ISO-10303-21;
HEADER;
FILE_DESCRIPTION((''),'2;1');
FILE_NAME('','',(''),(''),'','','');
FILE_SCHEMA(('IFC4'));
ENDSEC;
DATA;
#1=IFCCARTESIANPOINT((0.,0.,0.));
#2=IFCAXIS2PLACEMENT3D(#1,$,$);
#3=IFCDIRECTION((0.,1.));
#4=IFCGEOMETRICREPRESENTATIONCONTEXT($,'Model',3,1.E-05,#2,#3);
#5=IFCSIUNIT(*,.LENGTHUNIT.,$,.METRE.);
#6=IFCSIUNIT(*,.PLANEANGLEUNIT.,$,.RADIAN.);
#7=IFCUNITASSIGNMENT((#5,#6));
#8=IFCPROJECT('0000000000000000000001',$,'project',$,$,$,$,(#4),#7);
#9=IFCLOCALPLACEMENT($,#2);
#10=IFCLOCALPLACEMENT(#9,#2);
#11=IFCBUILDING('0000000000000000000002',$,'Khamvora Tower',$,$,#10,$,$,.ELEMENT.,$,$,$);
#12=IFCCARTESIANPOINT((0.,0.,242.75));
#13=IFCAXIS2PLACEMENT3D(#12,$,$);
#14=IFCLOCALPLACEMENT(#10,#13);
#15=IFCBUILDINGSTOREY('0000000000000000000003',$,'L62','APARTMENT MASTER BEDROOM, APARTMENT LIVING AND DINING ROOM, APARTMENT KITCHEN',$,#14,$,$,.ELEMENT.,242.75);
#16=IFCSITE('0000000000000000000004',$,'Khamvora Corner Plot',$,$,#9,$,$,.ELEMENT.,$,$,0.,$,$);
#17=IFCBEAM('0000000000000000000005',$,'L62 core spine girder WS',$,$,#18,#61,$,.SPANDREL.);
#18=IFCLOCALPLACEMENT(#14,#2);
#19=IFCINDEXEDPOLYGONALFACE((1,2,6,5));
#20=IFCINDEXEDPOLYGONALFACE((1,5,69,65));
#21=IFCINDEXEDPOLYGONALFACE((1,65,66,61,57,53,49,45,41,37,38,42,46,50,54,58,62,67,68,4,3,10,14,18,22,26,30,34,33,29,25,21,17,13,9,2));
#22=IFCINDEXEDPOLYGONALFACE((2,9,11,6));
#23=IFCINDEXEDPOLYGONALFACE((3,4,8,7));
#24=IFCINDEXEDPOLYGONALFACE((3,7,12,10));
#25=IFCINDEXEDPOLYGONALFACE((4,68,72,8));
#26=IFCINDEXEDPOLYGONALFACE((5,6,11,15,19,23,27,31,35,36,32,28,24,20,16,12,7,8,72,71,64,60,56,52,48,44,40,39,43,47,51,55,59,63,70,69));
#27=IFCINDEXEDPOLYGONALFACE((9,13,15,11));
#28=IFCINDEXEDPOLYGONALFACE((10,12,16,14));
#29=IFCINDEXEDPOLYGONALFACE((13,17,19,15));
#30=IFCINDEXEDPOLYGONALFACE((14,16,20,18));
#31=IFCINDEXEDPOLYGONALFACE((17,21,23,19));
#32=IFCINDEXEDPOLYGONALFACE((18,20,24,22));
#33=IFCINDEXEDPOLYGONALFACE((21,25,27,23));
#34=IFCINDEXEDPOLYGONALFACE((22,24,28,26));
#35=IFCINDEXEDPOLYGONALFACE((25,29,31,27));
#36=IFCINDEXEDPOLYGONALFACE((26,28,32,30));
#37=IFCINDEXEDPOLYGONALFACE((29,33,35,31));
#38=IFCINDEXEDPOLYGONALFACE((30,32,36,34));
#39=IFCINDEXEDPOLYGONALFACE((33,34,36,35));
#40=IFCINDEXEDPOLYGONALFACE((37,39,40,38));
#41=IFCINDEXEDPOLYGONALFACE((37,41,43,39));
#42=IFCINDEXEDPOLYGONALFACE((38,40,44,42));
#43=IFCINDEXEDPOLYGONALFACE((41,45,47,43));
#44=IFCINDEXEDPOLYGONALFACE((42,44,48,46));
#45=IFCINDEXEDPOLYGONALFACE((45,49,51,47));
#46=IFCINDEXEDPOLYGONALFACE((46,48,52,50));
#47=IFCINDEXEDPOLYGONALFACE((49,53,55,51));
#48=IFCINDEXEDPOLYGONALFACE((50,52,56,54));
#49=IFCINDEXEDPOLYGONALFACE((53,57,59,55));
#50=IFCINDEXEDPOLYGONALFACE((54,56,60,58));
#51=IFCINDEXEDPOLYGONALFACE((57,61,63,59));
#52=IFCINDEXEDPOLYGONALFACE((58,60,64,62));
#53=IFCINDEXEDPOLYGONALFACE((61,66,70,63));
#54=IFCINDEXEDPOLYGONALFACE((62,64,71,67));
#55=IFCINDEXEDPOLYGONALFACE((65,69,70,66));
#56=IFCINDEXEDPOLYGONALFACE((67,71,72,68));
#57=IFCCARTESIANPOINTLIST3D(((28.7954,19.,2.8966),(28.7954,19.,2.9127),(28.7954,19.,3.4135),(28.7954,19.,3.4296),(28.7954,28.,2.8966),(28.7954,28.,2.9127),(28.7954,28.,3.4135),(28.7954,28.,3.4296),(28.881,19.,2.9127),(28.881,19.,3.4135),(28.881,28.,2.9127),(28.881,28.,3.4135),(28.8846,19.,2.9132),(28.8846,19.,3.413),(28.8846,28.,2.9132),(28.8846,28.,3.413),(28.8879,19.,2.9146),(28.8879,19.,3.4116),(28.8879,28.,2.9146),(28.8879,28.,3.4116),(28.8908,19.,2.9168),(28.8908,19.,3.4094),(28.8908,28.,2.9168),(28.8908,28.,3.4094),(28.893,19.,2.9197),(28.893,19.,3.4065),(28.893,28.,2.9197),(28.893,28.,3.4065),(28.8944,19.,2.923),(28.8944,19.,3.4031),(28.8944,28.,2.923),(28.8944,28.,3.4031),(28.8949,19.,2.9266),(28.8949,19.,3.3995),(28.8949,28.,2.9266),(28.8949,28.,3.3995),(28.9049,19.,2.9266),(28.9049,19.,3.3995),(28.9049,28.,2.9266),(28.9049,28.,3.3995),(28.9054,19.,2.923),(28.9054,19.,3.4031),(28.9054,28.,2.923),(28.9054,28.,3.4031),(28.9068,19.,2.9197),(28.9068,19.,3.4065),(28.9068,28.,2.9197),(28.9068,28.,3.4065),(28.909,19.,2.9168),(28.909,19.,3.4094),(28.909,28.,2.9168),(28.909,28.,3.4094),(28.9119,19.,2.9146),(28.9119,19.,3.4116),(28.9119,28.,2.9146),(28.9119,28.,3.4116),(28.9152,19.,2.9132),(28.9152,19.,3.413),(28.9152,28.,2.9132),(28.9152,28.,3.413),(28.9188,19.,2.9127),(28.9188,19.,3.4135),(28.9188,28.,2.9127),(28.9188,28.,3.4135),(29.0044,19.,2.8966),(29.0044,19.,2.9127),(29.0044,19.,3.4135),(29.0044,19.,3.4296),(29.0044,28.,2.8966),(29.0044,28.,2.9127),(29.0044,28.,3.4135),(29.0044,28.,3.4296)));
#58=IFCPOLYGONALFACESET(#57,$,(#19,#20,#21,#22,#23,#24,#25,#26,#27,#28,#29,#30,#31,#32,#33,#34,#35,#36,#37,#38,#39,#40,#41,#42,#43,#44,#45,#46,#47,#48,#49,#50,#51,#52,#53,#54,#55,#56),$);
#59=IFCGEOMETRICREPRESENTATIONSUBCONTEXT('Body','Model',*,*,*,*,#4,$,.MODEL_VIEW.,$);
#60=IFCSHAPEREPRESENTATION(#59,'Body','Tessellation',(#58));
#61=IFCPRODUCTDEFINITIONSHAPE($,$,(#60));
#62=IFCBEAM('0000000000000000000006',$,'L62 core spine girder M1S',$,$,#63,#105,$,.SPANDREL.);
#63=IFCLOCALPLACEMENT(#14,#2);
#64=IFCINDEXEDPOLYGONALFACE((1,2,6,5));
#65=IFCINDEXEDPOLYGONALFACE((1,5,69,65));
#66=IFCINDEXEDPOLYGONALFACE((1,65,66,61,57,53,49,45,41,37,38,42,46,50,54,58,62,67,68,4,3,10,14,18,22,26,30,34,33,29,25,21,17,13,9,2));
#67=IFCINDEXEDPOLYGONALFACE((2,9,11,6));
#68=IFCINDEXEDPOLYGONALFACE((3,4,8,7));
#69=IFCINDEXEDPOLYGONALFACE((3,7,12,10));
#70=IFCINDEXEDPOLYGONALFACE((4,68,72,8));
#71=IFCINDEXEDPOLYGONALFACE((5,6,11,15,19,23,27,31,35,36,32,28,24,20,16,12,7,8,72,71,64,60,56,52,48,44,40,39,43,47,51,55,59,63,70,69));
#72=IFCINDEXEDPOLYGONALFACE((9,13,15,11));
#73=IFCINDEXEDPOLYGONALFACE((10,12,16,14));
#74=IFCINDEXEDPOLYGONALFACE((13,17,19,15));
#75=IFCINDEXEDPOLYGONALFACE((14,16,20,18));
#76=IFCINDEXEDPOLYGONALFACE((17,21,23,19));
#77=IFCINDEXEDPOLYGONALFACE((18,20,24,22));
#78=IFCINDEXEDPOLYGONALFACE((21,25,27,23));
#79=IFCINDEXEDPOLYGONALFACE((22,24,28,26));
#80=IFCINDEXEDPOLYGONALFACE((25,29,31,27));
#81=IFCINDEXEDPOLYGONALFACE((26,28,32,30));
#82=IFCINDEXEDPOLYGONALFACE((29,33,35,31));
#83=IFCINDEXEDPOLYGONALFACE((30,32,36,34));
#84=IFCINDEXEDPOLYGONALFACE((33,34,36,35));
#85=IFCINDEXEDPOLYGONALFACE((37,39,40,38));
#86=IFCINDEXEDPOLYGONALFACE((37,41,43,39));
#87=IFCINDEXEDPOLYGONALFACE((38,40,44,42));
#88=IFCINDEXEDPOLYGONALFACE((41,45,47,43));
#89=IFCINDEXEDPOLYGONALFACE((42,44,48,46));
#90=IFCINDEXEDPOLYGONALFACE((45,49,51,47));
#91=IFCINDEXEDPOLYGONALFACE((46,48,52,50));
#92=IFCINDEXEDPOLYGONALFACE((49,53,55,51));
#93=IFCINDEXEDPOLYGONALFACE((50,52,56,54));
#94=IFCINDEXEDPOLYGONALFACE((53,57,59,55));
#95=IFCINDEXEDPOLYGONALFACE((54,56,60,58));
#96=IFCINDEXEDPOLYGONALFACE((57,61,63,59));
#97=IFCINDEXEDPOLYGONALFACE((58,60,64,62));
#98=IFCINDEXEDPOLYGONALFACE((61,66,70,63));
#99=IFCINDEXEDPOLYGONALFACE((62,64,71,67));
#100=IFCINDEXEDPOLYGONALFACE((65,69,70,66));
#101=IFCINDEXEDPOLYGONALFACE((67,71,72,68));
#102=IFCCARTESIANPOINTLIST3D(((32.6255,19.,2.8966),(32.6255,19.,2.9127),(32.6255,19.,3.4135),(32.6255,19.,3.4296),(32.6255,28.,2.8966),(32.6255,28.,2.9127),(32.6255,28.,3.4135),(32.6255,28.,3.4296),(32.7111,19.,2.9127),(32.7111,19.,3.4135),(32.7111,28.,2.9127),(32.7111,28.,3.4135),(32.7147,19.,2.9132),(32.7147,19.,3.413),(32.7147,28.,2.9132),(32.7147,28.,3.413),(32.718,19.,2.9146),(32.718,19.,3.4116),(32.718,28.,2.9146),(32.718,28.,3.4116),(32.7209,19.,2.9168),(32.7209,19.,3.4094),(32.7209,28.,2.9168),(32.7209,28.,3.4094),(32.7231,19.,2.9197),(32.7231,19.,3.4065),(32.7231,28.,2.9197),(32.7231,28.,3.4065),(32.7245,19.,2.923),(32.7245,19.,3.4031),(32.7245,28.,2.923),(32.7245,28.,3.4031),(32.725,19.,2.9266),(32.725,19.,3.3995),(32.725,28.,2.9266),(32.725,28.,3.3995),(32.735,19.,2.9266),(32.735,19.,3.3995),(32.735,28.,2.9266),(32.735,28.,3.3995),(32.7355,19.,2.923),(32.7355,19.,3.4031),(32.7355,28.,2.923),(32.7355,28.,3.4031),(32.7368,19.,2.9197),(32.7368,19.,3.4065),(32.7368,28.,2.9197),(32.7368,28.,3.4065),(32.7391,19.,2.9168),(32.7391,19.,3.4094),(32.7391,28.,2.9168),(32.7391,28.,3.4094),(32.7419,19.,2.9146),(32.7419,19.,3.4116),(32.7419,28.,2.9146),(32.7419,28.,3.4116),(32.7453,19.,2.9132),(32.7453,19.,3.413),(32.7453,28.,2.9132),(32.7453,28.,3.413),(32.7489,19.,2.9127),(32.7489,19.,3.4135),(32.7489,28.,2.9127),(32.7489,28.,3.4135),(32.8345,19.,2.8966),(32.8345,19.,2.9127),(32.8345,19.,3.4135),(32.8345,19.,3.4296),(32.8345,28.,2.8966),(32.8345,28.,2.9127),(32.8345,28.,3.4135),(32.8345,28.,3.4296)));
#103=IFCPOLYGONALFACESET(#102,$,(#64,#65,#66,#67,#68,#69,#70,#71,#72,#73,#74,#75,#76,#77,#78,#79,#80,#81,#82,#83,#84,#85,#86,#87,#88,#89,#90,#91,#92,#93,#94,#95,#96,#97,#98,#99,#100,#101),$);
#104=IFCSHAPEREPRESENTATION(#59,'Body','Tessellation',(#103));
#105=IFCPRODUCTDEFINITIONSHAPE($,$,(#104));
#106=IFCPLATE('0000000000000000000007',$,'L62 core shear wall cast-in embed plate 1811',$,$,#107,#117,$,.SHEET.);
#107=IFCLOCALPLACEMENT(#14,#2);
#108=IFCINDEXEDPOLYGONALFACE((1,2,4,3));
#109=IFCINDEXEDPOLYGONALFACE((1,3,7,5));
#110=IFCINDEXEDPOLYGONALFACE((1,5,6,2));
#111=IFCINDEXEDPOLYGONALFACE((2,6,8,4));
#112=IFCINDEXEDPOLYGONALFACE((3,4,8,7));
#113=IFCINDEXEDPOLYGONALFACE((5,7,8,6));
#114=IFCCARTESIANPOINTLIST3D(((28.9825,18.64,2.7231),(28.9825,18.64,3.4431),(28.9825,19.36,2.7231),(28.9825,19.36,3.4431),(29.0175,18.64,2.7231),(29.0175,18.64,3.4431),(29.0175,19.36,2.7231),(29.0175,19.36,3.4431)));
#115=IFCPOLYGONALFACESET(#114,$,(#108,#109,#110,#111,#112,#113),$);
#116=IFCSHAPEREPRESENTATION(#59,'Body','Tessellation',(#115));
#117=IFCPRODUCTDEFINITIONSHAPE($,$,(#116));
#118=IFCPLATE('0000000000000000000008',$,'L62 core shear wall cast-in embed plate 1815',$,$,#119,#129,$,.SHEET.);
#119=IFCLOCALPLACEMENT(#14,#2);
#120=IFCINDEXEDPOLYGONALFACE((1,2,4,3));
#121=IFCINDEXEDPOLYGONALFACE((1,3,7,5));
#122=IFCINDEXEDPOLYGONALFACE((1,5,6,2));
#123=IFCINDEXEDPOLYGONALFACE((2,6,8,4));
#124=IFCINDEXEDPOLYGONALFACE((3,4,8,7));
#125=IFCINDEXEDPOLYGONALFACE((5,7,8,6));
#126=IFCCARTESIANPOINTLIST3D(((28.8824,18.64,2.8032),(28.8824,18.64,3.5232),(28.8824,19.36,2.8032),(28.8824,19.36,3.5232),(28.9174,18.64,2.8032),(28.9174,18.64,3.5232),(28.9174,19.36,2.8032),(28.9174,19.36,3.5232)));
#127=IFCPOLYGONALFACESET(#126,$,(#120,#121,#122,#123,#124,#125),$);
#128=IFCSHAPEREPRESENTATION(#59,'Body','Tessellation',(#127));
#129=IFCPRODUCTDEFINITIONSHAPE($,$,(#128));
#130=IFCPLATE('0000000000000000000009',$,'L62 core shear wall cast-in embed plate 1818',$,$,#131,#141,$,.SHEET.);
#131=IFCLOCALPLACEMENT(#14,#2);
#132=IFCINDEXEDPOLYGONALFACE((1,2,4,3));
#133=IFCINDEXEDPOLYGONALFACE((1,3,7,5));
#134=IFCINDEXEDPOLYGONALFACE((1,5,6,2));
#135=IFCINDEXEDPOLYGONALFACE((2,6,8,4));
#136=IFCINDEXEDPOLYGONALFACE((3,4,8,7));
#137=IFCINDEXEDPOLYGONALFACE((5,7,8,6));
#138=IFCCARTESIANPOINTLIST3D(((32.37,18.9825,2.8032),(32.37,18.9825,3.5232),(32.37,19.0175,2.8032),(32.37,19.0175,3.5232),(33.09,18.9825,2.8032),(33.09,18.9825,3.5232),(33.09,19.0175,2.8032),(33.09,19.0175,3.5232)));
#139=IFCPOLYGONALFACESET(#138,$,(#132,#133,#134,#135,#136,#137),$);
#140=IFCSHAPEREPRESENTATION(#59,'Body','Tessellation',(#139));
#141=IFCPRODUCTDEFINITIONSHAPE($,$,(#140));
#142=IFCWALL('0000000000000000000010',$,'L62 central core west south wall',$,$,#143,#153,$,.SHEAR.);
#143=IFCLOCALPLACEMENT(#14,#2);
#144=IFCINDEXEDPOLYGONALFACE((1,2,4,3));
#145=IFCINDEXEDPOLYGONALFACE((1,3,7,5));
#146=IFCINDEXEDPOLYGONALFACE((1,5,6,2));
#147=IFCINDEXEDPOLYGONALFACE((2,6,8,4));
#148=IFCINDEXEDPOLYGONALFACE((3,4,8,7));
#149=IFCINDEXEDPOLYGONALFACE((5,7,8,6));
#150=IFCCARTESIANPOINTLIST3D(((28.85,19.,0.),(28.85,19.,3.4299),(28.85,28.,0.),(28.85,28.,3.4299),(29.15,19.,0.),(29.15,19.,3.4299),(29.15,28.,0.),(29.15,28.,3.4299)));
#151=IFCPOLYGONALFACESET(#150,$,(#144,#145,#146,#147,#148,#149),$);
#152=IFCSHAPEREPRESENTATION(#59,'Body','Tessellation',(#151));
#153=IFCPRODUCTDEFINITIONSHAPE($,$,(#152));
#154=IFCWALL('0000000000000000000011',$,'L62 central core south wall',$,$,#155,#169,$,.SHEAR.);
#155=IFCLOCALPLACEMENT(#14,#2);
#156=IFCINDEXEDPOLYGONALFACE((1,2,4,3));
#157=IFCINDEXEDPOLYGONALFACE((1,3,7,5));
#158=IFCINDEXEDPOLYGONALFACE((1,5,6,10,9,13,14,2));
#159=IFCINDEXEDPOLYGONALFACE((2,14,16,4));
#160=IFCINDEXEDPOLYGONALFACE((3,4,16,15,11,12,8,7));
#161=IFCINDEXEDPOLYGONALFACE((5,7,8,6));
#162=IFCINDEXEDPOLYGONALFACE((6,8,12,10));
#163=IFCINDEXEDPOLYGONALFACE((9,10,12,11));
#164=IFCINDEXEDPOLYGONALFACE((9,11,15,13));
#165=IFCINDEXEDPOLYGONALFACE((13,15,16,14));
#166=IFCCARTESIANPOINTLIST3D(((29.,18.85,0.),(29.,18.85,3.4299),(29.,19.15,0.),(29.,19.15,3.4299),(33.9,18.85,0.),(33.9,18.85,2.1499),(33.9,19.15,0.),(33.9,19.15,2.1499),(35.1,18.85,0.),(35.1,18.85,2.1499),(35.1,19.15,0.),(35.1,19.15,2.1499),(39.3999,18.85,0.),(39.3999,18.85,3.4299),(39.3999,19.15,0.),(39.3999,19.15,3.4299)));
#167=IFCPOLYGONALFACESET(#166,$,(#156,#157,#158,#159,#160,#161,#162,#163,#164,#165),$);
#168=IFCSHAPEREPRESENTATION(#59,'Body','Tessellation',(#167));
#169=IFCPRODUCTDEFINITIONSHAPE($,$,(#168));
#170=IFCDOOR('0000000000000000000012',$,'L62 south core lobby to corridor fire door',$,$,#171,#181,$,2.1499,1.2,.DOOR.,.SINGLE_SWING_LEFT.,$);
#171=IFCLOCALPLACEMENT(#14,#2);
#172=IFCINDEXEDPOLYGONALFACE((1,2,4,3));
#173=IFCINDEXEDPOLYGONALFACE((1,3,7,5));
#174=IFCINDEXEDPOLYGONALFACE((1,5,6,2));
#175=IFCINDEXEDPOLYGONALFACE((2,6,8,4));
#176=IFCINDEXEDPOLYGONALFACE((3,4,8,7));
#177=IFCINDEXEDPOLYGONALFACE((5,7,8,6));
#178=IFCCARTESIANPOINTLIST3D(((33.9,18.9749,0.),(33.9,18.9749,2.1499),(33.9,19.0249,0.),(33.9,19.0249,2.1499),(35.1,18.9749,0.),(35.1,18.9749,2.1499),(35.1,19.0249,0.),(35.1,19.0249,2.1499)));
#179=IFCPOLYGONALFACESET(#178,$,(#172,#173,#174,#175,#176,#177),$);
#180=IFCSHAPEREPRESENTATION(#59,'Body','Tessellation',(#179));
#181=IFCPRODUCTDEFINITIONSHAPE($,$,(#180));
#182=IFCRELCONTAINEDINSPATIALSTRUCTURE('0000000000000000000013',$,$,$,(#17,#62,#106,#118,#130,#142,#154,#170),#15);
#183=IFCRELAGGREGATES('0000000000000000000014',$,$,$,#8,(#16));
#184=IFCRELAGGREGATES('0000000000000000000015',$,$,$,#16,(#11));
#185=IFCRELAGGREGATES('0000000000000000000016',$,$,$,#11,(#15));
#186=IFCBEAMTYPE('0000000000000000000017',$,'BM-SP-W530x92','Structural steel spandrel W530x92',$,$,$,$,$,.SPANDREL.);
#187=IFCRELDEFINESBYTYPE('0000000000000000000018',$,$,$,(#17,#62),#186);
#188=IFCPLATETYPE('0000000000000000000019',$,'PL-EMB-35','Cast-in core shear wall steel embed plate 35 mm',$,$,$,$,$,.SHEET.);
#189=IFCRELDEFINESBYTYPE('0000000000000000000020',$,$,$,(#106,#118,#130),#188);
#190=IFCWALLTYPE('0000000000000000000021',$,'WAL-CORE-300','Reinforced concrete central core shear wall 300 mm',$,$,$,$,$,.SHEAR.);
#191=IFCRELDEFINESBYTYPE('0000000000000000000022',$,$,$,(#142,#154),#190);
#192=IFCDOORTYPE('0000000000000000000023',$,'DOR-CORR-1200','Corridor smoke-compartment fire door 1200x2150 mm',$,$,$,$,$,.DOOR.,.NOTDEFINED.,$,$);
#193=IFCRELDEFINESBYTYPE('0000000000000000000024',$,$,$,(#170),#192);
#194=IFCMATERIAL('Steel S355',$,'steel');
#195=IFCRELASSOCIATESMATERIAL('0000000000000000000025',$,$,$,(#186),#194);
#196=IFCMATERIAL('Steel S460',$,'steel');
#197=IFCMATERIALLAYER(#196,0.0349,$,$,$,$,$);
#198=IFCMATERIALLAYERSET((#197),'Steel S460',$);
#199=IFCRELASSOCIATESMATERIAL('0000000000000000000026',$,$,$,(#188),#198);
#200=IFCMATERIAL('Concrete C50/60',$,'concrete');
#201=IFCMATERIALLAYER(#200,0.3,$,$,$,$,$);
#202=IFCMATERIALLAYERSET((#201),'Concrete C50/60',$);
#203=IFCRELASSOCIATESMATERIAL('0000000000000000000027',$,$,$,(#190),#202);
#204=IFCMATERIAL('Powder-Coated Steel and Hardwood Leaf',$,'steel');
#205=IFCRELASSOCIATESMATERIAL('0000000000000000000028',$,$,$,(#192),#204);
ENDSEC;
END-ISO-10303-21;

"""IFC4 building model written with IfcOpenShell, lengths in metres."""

from ifc_helpers import new_model, si_unit, direction, frame, frame_2d, origin, origin_2d, place, context, subcontext, project, spatial, rectangle, i_section, extrude, material, layer, layer_set, material_profile, profile_set, type_object, element, fill, save


model = new_model("IFC4")

# Units and contexts
model_context = context("Model", 3, precision=1e-05, world=origin(), true_north=direction((0.0, 1.0)))
body_context = subcontext(model_context, "Body", "Model", "MODEL_VIEW")
ifc_project = project(units=[si_unit("LENGTHUNIT", "METRE"), si_unit("PLANEANGLEUNIT", "RADIAN")], contexts=[model_context])

# Site, building, storey
site_placement = place(None, origin())
site = spatial("IfcSite", under=ifc_project, at=site_placement, Name="Khamvora Corner Plot", CompositionType="ELEMENT", RefElevation=0.0)
building_placement = place(site_placement, origin())
building = spatial("IfcBuilding", under=site, at=building_placement, Name="Khamvora Tower", CompositionType="ELEMENT")
storey_placement = place(building_placement, frame((0.0, 0.0, 242.75)))
storey = spatial("IfcBuildingStorey", under=building, at=storey_placement, Name="L62", Description="APARTMENT MASTER BEDROOM, APARTMENT LIVING AND DINING ROOM, APARTMENT KITCHEN", CompositionType="ELEMENT", Elevation=242.75)

# Beams
ifc_material_1 = material(Name="Steel S355", Category="steel")
ifc_material_profile_1 = material_profile(ifc_material_1, i_section(OverallWidth=0.209, OverallDepth=0.533, WebThickness=0.01, FlangeThickness=0.0161, FilletRadius=0.0139, at=origin_2d()), Name="W530x92")
ifc_profile_set_1 = profile_set([ifc_material_profile_1], Name="Steel S355")
beam_type_1 = type_object("IfcBeamType", Name="BM-SP-W530x92", Description="Structural steel spandrel W530x92", PredefinedType="SPANDREL", material=ifc_profile_set_1)
for number, where, z_axis, x_axis, name in (
    (1, (28.8999, 19.0, 3.1631), (0.0, 1.0, 0.0), (-1.0, 0.0, 0.0), "L62 core spine girder WS"),
    (2, (32.73, 19.0, 3.1631), (0.0, 1.0, 0.0), (-1.0, 0.0, 0.0), "L62 core spine girder M1S"),
):
    element("IfcBeam", number, at=place(storey_placement, frame(where, z_axis=z_axis, x_axis=x_axis)), inside=storey, type_object=beam_type_1, Name=name, PredefinedType="SPANDREL", context=body_context, shape_type="SweptSolid", body=[
        extrude(i_section(OverallWidth=0.209, OverallDepth=0.533, WebThickness=0.01, FlangeThickness=0.0161, FilletRadius=0.0139, at=origin_2d()), origin(), (0.0, 0.0, 1.0), 9.0),
    ])

# Plates
ifc_material_2 = material(Name="Steel S460", Category="steel")
ifc_layer_1 = layer(ifc_material_2, 0.0349)
ifc_layer_set_1 = layer_set([ifc_layer_1], Name="Steel S460")
plate_type = type_object("IfcPlateType", Name="PL-EMB-35", Description="Cast-in core shear wall steel embed plate 35 mm", PredefinedType="SHEET", material=ifc_layer_set_1)
for number, where, z_axis, x_axis, name in (
    (3, (29.0, 19.0, 2.7231), (0.0, 0.0, 1.0), (1.0, 0.0, 0.0), "L62 core shear wall cast-in embed plate 1811"),
    (4, (28.8999, 19.0, 2.8032), (0.0, 0.0, 1.0), (1.0, 0.0, 0.0), "L62 core shear wall cast-in embed plate 1815"),
):
    element("IfcPlate", number, at=place(storey_placement, frame(where, z_axis=z_axis, x_axis=x_axis)), inside=storey, type_object=plate_type, Name=name, PredefinedType="SHEET", context=body_context, shape_type="SweptSolid", body=[
        extrude(rectangle(XDim=0.0349, YDim=0.72, at=origin_2d()), origin(), (0.0, 0.0, 1.0), 0.72),
    ])
plate_placement = place(storey_placement, frame((32.73, 19.0, 2.8032), z_axis=(0.0, 0.0, 1.0), x_axis=(1.0, 0.0, 0.0)))
element("IfcPlate", 5, at=plate_placement, inside=storey, type_object=plate_type, Name="L62 core shear wall cast-in embed plate 1818", PredefinedType="SHEET", context=body_context, shape_type="SweptSolid", body=[
    extrude(rectangle(XDim=0.72, YDim=0.0349, at=origin_2d()), origin(), (0.0, 0.0, 1.0), 0.72),
])

# Wall
ifc_material_3 = material(Name="Concrete C50/60", Category="concrete")
ifc_layer_2 = layer(ifc_material_3, 0.3)
ifc_layer_set_2 = layer_set([ifc_layer_2], Name="Concrete C50/60")
wall_type_1 = type_object("IfcWallType", Name="WAL-CORE-300", Description="Reinforced concrete central core shear wall 300 mm", PredefinedType="SHEAR", material=ifc_layer_set_2)
wall_1_placement = place(storey_placement, frame((29.0, 19.0, 0.0), z_axis=(0.0, 0.0, 1.0), x_axis=(0.0, 1.0, 0.0)))
element("IfcWall", 6, at=wall_1_placement, inside=storey, type_object=wall_type_1, Name="L62 central core west south wall", PredefinedType="SHEAR", context=body_context, shape_type="SweptSolid", body=[
    extrude(rectangle(XDim=9.0, YDim=0.3, at=frame_2d((4.5, 0.0))), origin(), (0.0, 0.0, 1.0), 3.4299),
])

# Wall, opening, door
wall_2_placement = place(storey_placement, frame((29.0, 19.0, 0.0), z_axis=(0.0, 0.0, 1.0), x_axis=(1.0, 0.0, 0.0)))
wall_2 = element("IfcWall", 7, at=wall_2_placement, inside=storey, type_object=wall_type_1, Name="L62 central core south wall", PredefinedType="SHEAR", context=body_context, shape_type="SweptSolid", body=[
    extrude(rectangle(XDim=10.3999, YDim=0.3, at=frame_2d((5.2, 0.0))), origin(), (0.0, 0.0, 1.0), 3.4299),
])
opening_1_placement = place(wall_2_placement, frame((4.8999, 0.0, 0.0)))
opening_1 = element("IfcOpeningElement", 8, at=opening_1_placement, cuts=wall_2, PredefinedType="OPENING", context=body_context, shape_type="SweptSolid", body=[
    extrude(rectangle(XDim=1.2, YDim=2.1499, at=frame_2d((0.6001, 1.075))), frame((0.0, 0.1599, 0.0), z_axis=(0.0, -1.0, 0.0), x_axis=(1.0, 0.0, 0.0)), (0.0, 0.0, 1.0), 0.3201),
])
ifc_material_4 = material(Name="Powder-Coated Steel and Hardwood Leaf", Category="steel")
door_type_1 = type_object("IfcDoorType", Name="DOR-CORR-1200", Description="Corridor smoke-compartment fire door 1200x2150 mm", OperationType="NOTDEFINED", PredefinedType="DOOR", material=ifc_material_4)
door_1_placement = place(opening_1_placement, origin())
door_1 = element("IfcDoor", 9, at=door_1_placement, inside=storey, type_object=door_type_1, Name="L62 south core lobby to corridor fire door", OperationType="SINGLE_SWING_LEFT", OverallHeight=2.1499, OverallWidth=1.2, PredefinedType="DOOR", context=body_context, shape_type="SweptSolid", body=[
    extrude(rectangle(XDim=1.2, YDim=2.1499, at=frame_2d((0.6001, 1.075))), frame((0.0, 0.0249, 0.0), z_axis=(0.0, -1.0, 0.0), x_axis=(1.0, 0.0, 0.0)), (0.0, 0.0, 1.0), 0.05),
])
fill(opening_1, door_1)

save(model, "model.ifc")
